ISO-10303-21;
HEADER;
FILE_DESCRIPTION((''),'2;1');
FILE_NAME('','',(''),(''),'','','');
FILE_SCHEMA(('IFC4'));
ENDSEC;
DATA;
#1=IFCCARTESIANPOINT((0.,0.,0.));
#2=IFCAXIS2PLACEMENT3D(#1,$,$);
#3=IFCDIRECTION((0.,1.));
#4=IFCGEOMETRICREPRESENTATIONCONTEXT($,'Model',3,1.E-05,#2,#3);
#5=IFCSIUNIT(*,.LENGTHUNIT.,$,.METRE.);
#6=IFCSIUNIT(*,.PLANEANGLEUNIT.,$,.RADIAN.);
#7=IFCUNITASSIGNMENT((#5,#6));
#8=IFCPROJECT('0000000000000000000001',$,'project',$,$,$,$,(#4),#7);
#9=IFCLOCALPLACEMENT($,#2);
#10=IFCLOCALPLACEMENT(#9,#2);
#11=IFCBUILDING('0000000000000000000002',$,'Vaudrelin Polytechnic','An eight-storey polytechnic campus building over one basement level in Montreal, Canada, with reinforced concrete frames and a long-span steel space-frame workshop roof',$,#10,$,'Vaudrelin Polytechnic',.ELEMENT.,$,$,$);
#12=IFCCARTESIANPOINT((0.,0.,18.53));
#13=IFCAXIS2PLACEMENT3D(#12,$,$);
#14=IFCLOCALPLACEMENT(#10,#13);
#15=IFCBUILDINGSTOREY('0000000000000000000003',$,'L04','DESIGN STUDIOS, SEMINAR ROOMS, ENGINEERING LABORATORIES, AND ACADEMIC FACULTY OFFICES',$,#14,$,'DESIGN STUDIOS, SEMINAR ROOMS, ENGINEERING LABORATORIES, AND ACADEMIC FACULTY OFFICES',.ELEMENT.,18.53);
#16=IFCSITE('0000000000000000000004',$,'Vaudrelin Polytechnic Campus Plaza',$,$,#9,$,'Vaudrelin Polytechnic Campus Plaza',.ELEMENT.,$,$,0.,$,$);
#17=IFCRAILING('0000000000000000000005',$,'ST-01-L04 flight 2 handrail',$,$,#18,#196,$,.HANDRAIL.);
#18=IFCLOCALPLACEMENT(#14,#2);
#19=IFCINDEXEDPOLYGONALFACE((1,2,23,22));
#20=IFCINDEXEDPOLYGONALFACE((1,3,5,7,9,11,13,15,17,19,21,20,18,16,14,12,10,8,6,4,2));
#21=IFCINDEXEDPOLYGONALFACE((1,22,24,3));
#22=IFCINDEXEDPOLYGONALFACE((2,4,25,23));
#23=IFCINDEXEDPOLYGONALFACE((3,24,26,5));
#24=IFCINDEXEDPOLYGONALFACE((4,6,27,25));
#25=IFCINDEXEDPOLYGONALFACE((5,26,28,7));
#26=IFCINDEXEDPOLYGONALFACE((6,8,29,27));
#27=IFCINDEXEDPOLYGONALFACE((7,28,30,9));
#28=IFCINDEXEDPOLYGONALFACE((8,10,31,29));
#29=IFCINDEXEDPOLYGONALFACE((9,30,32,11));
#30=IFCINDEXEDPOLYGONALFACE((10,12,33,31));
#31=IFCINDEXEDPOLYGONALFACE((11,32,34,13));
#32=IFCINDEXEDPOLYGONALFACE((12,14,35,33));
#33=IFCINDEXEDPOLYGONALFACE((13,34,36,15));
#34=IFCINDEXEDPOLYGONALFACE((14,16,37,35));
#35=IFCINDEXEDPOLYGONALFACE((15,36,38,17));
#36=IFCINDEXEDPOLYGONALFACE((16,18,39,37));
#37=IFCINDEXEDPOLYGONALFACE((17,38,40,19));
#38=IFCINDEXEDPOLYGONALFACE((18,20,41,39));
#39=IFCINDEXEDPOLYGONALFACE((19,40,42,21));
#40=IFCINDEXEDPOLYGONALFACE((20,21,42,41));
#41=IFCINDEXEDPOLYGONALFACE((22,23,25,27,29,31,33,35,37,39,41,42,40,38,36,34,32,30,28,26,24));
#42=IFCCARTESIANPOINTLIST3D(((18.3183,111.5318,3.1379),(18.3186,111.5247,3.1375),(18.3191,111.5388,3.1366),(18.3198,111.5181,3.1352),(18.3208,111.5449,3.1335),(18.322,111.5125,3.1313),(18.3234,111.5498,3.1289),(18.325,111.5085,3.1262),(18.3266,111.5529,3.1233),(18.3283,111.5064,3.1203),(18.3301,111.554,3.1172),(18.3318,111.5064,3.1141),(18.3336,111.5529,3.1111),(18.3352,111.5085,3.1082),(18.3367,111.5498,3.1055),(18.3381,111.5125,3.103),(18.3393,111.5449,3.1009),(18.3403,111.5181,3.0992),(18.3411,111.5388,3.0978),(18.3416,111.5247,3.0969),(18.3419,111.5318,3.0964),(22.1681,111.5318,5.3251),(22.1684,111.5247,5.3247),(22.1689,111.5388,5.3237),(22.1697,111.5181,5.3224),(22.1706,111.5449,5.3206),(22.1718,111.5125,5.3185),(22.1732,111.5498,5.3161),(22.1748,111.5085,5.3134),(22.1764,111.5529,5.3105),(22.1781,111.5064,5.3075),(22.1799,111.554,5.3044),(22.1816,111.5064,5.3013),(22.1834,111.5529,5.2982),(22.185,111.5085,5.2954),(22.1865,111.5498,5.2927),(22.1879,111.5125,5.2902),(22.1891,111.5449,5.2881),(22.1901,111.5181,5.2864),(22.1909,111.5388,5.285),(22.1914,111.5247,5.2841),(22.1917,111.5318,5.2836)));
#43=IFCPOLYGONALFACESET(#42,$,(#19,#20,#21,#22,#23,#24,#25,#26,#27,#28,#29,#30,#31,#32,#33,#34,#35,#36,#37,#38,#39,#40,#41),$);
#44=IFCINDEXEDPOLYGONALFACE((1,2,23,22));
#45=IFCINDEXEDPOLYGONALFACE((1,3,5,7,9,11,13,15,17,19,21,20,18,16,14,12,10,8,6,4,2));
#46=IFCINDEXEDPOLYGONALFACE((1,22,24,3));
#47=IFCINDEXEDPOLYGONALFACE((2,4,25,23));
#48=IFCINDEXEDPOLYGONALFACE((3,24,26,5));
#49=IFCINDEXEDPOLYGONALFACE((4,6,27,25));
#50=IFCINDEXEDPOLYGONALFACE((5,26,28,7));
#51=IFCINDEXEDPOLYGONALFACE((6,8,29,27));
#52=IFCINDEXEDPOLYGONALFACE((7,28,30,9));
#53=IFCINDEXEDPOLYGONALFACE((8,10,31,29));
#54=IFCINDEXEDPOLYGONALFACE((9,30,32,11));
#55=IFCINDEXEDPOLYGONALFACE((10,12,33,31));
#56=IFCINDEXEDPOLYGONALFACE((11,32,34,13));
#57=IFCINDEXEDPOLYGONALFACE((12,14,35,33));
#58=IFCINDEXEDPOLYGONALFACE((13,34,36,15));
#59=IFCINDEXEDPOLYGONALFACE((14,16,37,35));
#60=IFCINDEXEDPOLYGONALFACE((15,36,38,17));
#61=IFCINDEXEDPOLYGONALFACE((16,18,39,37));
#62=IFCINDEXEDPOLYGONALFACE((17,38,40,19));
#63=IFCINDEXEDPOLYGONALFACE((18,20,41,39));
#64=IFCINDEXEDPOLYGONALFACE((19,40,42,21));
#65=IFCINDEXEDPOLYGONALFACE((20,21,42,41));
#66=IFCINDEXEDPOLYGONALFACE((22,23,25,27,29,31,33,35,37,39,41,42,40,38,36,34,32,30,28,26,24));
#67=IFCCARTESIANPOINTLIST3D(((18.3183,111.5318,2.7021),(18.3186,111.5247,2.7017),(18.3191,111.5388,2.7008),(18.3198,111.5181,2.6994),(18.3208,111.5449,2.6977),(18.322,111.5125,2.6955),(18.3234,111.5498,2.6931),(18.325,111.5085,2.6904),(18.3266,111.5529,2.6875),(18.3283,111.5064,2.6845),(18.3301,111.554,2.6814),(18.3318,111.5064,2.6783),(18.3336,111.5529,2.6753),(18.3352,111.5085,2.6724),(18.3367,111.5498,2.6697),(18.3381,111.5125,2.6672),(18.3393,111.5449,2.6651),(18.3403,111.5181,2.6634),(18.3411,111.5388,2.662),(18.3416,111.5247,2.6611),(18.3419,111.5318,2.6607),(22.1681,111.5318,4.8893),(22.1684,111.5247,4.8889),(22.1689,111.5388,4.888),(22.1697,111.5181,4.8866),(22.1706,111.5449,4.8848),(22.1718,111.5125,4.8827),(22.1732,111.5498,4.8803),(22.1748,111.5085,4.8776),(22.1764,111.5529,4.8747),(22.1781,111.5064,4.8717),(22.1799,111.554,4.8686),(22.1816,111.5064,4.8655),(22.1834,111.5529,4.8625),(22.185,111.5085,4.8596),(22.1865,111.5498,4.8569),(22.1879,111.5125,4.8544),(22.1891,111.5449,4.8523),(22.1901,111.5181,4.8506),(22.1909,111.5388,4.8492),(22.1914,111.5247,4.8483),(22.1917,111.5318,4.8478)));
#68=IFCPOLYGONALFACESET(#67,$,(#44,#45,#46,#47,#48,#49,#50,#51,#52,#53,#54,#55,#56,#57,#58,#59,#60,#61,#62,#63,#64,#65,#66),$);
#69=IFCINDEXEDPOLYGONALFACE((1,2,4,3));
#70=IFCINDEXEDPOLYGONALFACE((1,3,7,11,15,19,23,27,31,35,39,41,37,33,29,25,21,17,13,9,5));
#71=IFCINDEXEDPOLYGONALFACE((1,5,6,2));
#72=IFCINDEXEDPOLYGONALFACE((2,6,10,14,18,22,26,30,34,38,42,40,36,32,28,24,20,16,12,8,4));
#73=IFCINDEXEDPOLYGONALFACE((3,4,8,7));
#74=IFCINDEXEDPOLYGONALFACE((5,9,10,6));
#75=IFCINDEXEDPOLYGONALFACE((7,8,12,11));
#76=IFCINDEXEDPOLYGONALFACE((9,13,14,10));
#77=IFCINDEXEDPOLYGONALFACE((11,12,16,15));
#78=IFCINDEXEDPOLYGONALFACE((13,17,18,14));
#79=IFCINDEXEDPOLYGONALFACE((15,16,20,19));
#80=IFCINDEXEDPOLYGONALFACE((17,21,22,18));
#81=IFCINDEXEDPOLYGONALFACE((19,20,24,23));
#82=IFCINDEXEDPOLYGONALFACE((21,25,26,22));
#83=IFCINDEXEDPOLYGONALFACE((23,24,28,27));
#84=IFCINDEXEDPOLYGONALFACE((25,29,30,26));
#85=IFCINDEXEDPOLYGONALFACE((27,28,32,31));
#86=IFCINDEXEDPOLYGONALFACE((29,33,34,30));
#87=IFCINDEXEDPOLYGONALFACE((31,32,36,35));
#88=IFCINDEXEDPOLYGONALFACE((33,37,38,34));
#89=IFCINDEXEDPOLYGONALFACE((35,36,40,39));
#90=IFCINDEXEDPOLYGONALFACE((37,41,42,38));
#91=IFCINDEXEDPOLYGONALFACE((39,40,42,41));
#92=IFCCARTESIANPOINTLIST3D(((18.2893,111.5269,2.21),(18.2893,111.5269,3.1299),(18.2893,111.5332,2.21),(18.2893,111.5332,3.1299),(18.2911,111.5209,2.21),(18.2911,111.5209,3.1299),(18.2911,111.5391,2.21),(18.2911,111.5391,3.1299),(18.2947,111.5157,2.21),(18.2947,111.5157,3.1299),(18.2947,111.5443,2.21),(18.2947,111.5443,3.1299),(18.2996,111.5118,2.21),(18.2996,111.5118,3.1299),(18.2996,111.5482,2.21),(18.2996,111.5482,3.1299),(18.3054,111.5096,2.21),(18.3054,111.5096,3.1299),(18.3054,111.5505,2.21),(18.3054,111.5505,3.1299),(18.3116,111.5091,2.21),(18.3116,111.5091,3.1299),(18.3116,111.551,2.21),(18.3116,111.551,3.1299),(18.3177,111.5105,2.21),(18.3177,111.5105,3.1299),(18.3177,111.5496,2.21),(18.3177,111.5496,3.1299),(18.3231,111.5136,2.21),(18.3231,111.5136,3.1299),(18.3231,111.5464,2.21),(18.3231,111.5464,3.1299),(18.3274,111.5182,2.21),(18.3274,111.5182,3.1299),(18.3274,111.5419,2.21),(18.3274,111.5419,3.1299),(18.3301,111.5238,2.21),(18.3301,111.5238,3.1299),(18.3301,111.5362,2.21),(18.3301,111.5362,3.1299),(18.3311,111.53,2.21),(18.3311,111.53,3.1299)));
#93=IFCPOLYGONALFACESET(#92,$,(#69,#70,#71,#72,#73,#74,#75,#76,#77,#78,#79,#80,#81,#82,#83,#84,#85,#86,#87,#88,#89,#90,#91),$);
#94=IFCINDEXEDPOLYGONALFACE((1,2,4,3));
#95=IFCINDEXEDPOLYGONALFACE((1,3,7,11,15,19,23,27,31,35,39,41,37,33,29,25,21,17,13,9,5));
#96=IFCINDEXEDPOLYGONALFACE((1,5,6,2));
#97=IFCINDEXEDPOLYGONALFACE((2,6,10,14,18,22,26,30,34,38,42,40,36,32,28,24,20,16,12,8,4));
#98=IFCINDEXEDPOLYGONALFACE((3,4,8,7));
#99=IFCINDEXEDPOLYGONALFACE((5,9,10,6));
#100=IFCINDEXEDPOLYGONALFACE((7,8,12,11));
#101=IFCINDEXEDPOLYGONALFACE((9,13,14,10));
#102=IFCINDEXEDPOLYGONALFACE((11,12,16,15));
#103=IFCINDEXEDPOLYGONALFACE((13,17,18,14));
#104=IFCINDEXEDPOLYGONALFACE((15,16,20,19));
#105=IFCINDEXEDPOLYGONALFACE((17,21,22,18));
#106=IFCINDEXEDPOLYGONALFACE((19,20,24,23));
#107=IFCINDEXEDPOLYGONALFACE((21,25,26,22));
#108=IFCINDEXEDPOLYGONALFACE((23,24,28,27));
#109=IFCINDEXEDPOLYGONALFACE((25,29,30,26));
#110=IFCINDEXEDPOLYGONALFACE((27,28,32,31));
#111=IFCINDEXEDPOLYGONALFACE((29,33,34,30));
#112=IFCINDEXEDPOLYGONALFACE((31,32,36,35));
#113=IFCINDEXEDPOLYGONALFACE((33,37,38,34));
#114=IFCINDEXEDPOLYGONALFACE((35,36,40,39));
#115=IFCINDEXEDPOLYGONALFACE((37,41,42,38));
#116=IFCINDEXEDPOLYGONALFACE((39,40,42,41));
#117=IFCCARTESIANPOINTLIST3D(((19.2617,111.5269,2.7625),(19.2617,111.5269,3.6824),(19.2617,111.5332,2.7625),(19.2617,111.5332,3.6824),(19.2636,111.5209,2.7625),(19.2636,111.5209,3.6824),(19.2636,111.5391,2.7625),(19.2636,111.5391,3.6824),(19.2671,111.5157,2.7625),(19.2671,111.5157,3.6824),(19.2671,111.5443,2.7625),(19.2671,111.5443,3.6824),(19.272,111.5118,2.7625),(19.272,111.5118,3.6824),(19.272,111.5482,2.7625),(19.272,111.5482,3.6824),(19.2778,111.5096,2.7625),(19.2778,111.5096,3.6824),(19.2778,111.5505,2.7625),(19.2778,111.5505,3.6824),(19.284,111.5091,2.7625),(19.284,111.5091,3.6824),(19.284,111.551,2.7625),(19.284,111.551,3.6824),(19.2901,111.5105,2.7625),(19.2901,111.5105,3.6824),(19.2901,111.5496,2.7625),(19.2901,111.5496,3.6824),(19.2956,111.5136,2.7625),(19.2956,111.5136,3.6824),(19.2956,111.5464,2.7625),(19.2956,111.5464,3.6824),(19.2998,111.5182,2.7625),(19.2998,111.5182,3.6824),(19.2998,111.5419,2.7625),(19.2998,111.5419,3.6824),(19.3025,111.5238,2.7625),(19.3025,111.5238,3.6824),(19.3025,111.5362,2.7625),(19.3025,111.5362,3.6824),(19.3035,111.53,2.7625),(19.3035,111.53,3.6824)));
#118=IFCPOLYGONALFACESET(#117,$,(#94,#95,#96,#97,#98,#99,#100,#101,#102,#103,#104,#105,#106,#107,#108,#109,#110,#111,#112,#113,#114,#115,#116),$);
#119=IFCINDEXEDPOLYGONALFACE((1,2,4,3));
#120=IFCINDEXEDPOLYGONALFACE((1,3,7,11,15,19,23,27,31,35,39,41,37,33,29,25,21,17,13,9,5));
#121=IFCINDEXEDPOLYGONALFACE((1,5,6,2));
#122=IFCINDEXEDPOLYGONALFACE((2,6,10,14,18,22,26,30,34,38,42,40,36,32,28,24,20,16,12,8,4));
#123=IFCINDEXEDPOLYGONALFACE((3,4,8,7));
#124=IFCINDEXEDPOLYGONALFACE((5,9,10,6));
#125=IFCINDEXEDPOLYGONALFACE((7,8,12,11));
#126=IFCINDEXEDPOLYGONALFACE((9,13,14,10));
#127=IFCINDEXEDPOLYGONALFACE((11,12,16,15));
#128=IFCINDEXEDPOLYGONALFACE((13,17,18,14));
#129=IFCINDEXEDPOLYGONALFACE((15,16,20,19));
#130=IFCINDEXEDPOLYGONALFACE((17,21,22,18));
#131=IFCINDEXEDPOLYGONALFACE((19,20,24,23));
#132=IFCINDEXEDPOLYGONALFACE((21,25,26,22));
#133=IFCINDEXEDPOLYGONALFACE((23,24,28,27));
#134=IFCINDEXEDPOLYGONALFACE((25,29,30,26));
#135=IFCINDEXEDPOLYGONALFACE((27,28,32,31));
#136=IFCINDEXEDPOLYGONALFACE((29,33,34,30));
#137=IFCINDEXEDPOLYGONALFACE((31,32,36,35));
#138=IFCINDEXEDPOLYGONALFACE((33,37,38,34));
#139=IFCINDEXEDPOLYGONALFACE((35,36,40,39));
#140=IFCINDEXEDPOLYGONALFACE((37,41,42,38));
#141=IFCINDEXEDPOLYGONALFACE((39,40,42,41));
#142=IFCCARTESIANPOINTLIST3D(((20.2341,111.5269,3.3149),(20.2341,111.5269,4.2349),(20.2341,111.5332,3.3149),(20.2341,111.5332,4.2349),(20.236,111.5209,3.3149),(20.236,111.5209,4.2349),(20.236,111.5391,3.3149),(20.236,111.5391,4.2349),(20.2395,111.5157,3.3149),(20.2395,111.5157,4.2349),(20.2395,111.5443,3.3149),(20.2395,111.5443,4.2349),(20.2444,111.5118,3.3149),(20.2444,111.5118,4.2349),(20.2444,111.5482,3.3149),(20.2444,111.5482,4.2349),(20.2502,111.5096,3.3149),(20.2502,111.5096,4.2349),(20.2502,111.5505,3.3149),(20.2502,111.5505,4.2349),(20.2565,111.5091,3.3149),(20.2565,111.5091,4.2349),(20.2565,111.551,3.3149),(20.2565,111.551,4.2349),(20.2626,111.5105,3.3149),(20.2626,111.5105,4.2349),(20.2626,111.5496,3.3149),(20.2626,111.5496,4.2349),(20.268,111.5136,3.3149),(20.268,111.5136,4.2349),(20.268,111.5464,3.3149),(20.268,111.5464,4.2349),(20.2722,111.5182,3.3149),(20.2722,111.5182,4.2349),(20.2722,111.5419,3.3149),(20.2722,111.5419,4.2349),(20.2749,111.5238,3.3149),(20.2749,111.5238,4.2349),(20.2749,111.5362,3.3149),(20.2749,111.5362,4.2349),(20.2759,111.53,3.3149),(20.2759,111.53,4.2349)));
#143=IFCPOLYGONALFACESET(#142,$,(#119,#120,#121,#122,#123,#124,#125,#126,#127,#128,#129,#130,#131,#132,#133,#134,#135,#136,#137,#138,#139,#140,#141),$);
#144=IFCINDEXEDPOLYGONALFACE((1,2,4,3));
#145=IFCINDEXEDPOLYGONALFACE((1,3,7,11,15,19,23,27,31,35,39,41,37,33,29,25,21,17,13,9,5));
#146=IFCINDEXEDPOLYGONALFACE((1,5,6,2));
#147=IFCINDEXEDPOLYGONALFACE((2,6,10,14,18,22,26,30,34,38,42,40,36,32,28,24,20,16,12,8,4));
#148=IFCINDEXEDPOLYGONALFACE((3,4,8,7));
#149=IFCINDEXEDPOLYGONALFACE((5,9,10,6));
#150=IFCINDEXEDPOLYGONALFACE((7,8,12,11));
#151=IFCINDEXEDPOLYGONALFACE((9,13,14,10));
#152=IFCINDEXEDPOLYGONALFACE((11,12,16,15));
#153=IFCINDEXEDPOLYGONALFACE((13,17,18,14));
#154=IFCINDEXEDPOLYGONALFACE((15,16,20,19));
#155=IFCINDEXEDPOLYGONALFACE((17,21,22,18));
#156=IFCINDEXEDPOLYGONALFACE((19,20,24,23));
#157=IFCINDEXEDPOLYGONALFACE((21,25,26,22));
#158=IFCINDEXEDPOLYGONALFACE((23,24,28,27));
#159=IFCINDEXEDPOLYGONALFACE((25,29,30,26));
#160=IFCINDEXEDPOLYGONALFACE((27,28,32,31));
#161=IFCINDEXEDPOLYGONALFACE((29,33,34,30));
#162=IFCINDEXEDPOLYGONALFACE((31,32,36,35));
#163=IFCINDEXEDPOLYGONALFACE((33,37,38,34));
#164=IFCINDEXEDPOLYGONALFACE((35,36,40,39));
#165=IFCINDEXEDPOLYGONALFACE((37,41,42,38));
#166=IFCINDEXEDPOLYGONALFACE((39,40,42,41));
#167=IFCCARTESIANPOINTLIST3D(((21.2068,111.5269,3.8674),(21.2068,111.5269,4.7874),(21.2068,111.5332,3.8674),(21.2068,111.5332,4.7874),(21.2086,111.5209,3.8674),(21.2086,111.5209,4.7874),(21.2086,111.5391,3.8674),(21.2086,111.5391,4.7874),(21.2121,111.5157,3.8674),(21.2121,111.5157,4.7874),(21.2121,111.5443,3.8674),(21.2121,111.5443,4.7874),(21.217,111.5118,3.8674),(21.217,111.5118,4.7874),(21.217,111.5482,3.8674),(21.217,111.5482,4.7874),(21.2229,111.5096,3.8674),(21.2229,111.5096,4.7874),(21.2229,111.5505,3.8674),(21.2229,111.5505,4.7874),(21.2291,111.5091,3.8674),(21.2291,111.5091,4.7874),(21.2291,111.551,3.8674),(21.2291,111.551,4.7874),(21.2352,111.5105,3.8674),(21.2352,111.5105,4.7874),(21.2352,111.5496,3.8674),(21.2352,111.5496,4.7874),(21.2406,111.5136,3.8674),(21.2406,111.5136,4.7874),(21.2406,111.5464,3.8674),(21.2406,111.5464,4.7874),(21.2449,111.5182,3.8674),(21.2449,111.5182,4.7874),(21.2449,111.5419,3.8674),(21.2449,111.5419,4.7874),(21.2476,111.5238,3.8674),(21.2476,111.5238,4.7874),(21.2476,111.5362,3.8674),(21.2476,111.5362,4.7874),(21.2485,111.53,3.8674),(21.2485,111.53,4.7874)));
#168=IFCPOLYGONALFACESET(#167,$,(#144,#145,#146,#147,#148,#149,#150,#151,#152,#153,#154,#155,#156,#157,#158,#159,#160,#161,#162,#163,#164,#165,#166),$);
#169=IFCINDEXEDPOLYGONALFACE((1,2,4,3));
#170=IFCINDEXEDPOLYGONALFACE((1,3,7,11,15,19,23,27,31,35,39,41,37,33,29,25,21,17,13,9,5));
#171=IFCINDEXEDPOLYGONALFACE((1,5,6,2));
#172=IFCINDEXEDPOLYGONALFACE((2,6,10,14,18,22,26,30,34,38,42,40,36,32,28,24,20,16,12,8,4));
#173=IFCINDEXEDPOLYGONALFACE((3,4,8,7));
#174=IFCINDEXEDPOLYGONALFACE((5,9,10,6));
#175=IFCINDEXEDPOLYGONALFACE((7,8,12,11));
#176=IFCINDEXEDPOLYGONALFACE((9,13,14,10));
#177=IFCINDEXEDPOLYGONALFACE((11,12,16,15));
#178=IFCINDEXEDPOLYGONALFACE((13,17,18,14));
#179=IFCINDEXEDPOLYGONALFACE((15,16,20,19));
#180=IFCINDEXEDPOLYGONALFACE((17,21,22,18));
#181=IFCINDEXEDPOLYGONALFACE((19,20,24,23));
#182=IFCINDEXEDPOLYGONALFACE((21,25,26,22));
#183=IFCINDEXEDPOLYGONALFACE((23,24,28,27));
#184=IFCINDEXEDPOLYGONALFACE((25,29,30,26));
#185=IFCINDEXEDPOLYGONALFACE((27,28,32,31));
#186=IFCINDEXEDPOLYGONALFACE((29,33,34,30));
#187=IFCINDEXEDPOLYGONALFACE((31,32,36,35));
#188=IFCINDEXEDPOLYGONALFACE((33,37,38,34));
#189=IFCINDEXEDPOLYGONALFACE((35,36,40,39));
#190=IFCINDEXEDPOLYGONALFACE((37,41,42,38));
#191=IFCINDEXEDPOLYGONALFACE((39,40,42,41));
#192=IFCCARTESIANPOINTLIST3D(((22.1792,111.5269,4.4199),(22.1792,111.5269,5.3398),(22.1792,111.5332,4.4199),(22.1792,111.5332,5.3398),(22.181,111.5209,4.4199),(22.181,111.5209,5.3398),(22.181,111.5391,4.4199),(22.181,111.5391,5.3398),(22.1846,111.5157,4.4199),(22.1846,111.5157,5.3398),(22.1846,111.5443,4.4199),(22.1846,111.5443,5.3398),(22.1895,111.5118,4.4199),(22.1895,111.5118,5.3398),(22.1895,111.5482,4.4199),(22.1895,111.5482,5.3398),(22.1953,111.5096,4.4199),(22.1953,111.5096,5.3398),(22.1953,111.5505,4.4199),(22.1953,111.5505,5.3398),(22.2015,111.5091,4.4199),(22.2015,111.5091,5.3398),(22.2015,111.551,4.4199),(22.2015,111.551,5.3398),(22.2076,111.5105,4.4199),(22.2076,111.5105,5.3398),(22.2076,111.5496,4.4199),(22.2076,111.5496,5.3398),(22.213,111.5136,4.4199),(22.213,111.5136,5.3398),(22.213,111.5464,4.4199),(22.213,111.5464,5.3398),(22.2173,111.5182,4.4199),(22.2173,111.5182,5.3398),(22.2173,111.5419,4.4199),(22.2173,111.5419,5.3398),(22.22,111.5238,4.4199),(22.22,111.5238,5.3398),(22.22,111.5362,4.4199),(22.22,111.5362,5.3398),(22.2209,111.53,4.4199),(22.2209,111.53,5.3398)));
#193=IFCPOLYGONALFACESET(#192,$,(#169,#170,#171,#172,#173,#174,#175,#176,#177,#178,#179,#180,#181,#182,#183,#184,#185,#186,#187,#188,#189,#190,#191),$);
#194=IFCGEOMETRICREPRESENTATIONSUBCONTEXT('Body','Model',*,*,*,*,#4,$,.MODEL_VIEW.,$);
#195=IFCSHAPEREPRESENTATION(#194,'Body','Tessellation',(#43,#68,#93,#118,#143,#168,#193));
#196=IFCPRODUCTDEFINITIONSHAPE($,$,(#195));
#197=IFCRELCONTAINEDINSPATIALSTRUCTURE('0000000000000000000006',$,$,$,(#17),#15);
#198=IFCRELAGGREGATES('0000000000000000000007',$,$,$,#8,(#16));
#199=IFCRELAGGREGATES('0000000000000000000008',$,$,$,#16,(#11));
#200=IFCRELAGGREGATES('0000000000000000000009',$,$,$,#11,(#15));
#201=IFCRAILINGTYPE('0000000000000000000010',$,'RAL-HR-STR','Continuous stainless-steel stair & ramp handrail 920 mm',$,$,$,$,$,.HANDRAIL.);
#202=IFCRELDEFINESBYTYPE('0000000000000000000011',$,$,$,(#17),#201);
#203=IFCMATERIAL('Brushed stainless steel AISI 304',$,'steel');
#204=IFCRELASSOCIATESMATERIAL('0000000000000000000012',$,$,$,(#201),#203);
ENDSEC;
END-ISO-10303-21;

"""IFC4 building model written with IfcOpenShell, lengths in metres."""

from ifc_helpers import new_model, si_unit, direction, frame, origin, origin_2d, place, context, subcontext, project, spatial, circle, extrude, material, type_object, element, save


model = new_model("IFC4")

# Units and contexts
model_context = context("Model", 3, precision=1e-05, world=origin(), true_north=direction((0.0, 1.0)))
body_context = subcontext(model_context, "Body", "Model", "MODEL_VIEW")
ifc_project = project(units=[si_unit("LENGTHUNIT", "METRE"), si_unit("PLANEANGLEUNIT", "RADIAN")], contexts=[model_context])

# Site, building, storey
site_placement = place(None, origin())
site = spatial("IfcSite", under=ifc_project, at=site_placement, Name="Vaudrelin Polytechnic Campus Plaza", LongName="Vaudrelin Polytechnic Campus Plaza", CompositionType="ELEMENT", RefElevation=0.0)
building_placement = place(site_placement, origin())
building = spatial("IfcBuilding", under=site, at=building_placement, Name="Vaudrelin Polytechnic", Description="An eight-storey polytechnic campus building over one basement level in Montreal, Canada, with reinforced concrete frames and a long-span steel space-frame workshop roof", LongName="Vaudrelin Polytechnic", CompositionType="ELEMENT")
storey_placement = place(building_placement, frame((0.0, 0.0, 18.53)))
storey = spatial("IfcBuildingStorey", under=building, at=storey_placement, Name="L04", Description="DESIGN STUDIOS, SEMINAR ROOMS, ENGINEERING LABORATORIES, AND ACADEMIC FACULTY OFFICES", LongName="DESIGN STUDIOS, SEMINAR ROOMS, ENGINEERING LABORATORIES, AND ACADEMIC FACULTY OFFICES", CompositionType="ELEMENT", Elevation=18.53)

# Shared definitions
ifc_material_1 = material(Name="Brushed stainless steel AISI 304", Category="steel")

# Railing
railing_type_1 = type_object("IfcRailingType", Name="RAL-HR-STR", Description="Continuous stainless-steel stair & ramp handrail 920 mm", PredefinedType="HANDRAIL", material=ifc_material_1)
railing_1_placement = place(storey_placement, frame((18.3101, 111.53, 2.21)))
element("IfcRailing", 1, at=railing_1_placement, inside=storey, type_object=railing_type_1, Name="ST-01-L04 flight 2 handrail", PredefinedType="HANDRAIL", context=body_context, shape_type="SweptSolid", body=[
    extrude(circle(Radius=0.0239, at=origin_2d()), frame((0.02, 0.0, 0.9072), z_axis=(0.869476, 0.0, 0.493975), x_axis=(0.0, 1.0, 0.0)), (0.0, 0.0, 1.0), 4.4277),
    extrude(circle(Radius=0.0239, at=origin_2d()), frame((0.02, 0.0, 0.4714), z_axis=(0.869476, 0.0, 0.493975), x_axis=(0.0, 1.0, 0.0)), (0.0, 0.0, 1.0), 4.4277),
    extrude(circle(Radius=0.021, at=origin_2d()), origin(), (0.0, 0.0, 1.0), 0.9199),
    extrude(circle(Radius=0.021, at=origin_2d()), frame((0.9724, 0.0, 0.5525)), (0.0, 0.0, 1.0), 0.9199),
    extrude(circle(Radius=0.021, at=origin_2d()), frame((1.9448, 0.0, 1.105)), (0.0, 0.0, 1.0), 0.9199),
    extrude(circle(Radius=0.021, at=origin_2d()), frame((2.9175, 0.0, 1.6575)), (0.0, 0.0, 1.0), 0.9199),
    extrude(circle(Radius=0.021, at=origin_2d()), frame((3.8899, 0.0, 2.21)), (0.0, 0.0, 1.0), 0.9199),
])

save(model, "model.ifc")
